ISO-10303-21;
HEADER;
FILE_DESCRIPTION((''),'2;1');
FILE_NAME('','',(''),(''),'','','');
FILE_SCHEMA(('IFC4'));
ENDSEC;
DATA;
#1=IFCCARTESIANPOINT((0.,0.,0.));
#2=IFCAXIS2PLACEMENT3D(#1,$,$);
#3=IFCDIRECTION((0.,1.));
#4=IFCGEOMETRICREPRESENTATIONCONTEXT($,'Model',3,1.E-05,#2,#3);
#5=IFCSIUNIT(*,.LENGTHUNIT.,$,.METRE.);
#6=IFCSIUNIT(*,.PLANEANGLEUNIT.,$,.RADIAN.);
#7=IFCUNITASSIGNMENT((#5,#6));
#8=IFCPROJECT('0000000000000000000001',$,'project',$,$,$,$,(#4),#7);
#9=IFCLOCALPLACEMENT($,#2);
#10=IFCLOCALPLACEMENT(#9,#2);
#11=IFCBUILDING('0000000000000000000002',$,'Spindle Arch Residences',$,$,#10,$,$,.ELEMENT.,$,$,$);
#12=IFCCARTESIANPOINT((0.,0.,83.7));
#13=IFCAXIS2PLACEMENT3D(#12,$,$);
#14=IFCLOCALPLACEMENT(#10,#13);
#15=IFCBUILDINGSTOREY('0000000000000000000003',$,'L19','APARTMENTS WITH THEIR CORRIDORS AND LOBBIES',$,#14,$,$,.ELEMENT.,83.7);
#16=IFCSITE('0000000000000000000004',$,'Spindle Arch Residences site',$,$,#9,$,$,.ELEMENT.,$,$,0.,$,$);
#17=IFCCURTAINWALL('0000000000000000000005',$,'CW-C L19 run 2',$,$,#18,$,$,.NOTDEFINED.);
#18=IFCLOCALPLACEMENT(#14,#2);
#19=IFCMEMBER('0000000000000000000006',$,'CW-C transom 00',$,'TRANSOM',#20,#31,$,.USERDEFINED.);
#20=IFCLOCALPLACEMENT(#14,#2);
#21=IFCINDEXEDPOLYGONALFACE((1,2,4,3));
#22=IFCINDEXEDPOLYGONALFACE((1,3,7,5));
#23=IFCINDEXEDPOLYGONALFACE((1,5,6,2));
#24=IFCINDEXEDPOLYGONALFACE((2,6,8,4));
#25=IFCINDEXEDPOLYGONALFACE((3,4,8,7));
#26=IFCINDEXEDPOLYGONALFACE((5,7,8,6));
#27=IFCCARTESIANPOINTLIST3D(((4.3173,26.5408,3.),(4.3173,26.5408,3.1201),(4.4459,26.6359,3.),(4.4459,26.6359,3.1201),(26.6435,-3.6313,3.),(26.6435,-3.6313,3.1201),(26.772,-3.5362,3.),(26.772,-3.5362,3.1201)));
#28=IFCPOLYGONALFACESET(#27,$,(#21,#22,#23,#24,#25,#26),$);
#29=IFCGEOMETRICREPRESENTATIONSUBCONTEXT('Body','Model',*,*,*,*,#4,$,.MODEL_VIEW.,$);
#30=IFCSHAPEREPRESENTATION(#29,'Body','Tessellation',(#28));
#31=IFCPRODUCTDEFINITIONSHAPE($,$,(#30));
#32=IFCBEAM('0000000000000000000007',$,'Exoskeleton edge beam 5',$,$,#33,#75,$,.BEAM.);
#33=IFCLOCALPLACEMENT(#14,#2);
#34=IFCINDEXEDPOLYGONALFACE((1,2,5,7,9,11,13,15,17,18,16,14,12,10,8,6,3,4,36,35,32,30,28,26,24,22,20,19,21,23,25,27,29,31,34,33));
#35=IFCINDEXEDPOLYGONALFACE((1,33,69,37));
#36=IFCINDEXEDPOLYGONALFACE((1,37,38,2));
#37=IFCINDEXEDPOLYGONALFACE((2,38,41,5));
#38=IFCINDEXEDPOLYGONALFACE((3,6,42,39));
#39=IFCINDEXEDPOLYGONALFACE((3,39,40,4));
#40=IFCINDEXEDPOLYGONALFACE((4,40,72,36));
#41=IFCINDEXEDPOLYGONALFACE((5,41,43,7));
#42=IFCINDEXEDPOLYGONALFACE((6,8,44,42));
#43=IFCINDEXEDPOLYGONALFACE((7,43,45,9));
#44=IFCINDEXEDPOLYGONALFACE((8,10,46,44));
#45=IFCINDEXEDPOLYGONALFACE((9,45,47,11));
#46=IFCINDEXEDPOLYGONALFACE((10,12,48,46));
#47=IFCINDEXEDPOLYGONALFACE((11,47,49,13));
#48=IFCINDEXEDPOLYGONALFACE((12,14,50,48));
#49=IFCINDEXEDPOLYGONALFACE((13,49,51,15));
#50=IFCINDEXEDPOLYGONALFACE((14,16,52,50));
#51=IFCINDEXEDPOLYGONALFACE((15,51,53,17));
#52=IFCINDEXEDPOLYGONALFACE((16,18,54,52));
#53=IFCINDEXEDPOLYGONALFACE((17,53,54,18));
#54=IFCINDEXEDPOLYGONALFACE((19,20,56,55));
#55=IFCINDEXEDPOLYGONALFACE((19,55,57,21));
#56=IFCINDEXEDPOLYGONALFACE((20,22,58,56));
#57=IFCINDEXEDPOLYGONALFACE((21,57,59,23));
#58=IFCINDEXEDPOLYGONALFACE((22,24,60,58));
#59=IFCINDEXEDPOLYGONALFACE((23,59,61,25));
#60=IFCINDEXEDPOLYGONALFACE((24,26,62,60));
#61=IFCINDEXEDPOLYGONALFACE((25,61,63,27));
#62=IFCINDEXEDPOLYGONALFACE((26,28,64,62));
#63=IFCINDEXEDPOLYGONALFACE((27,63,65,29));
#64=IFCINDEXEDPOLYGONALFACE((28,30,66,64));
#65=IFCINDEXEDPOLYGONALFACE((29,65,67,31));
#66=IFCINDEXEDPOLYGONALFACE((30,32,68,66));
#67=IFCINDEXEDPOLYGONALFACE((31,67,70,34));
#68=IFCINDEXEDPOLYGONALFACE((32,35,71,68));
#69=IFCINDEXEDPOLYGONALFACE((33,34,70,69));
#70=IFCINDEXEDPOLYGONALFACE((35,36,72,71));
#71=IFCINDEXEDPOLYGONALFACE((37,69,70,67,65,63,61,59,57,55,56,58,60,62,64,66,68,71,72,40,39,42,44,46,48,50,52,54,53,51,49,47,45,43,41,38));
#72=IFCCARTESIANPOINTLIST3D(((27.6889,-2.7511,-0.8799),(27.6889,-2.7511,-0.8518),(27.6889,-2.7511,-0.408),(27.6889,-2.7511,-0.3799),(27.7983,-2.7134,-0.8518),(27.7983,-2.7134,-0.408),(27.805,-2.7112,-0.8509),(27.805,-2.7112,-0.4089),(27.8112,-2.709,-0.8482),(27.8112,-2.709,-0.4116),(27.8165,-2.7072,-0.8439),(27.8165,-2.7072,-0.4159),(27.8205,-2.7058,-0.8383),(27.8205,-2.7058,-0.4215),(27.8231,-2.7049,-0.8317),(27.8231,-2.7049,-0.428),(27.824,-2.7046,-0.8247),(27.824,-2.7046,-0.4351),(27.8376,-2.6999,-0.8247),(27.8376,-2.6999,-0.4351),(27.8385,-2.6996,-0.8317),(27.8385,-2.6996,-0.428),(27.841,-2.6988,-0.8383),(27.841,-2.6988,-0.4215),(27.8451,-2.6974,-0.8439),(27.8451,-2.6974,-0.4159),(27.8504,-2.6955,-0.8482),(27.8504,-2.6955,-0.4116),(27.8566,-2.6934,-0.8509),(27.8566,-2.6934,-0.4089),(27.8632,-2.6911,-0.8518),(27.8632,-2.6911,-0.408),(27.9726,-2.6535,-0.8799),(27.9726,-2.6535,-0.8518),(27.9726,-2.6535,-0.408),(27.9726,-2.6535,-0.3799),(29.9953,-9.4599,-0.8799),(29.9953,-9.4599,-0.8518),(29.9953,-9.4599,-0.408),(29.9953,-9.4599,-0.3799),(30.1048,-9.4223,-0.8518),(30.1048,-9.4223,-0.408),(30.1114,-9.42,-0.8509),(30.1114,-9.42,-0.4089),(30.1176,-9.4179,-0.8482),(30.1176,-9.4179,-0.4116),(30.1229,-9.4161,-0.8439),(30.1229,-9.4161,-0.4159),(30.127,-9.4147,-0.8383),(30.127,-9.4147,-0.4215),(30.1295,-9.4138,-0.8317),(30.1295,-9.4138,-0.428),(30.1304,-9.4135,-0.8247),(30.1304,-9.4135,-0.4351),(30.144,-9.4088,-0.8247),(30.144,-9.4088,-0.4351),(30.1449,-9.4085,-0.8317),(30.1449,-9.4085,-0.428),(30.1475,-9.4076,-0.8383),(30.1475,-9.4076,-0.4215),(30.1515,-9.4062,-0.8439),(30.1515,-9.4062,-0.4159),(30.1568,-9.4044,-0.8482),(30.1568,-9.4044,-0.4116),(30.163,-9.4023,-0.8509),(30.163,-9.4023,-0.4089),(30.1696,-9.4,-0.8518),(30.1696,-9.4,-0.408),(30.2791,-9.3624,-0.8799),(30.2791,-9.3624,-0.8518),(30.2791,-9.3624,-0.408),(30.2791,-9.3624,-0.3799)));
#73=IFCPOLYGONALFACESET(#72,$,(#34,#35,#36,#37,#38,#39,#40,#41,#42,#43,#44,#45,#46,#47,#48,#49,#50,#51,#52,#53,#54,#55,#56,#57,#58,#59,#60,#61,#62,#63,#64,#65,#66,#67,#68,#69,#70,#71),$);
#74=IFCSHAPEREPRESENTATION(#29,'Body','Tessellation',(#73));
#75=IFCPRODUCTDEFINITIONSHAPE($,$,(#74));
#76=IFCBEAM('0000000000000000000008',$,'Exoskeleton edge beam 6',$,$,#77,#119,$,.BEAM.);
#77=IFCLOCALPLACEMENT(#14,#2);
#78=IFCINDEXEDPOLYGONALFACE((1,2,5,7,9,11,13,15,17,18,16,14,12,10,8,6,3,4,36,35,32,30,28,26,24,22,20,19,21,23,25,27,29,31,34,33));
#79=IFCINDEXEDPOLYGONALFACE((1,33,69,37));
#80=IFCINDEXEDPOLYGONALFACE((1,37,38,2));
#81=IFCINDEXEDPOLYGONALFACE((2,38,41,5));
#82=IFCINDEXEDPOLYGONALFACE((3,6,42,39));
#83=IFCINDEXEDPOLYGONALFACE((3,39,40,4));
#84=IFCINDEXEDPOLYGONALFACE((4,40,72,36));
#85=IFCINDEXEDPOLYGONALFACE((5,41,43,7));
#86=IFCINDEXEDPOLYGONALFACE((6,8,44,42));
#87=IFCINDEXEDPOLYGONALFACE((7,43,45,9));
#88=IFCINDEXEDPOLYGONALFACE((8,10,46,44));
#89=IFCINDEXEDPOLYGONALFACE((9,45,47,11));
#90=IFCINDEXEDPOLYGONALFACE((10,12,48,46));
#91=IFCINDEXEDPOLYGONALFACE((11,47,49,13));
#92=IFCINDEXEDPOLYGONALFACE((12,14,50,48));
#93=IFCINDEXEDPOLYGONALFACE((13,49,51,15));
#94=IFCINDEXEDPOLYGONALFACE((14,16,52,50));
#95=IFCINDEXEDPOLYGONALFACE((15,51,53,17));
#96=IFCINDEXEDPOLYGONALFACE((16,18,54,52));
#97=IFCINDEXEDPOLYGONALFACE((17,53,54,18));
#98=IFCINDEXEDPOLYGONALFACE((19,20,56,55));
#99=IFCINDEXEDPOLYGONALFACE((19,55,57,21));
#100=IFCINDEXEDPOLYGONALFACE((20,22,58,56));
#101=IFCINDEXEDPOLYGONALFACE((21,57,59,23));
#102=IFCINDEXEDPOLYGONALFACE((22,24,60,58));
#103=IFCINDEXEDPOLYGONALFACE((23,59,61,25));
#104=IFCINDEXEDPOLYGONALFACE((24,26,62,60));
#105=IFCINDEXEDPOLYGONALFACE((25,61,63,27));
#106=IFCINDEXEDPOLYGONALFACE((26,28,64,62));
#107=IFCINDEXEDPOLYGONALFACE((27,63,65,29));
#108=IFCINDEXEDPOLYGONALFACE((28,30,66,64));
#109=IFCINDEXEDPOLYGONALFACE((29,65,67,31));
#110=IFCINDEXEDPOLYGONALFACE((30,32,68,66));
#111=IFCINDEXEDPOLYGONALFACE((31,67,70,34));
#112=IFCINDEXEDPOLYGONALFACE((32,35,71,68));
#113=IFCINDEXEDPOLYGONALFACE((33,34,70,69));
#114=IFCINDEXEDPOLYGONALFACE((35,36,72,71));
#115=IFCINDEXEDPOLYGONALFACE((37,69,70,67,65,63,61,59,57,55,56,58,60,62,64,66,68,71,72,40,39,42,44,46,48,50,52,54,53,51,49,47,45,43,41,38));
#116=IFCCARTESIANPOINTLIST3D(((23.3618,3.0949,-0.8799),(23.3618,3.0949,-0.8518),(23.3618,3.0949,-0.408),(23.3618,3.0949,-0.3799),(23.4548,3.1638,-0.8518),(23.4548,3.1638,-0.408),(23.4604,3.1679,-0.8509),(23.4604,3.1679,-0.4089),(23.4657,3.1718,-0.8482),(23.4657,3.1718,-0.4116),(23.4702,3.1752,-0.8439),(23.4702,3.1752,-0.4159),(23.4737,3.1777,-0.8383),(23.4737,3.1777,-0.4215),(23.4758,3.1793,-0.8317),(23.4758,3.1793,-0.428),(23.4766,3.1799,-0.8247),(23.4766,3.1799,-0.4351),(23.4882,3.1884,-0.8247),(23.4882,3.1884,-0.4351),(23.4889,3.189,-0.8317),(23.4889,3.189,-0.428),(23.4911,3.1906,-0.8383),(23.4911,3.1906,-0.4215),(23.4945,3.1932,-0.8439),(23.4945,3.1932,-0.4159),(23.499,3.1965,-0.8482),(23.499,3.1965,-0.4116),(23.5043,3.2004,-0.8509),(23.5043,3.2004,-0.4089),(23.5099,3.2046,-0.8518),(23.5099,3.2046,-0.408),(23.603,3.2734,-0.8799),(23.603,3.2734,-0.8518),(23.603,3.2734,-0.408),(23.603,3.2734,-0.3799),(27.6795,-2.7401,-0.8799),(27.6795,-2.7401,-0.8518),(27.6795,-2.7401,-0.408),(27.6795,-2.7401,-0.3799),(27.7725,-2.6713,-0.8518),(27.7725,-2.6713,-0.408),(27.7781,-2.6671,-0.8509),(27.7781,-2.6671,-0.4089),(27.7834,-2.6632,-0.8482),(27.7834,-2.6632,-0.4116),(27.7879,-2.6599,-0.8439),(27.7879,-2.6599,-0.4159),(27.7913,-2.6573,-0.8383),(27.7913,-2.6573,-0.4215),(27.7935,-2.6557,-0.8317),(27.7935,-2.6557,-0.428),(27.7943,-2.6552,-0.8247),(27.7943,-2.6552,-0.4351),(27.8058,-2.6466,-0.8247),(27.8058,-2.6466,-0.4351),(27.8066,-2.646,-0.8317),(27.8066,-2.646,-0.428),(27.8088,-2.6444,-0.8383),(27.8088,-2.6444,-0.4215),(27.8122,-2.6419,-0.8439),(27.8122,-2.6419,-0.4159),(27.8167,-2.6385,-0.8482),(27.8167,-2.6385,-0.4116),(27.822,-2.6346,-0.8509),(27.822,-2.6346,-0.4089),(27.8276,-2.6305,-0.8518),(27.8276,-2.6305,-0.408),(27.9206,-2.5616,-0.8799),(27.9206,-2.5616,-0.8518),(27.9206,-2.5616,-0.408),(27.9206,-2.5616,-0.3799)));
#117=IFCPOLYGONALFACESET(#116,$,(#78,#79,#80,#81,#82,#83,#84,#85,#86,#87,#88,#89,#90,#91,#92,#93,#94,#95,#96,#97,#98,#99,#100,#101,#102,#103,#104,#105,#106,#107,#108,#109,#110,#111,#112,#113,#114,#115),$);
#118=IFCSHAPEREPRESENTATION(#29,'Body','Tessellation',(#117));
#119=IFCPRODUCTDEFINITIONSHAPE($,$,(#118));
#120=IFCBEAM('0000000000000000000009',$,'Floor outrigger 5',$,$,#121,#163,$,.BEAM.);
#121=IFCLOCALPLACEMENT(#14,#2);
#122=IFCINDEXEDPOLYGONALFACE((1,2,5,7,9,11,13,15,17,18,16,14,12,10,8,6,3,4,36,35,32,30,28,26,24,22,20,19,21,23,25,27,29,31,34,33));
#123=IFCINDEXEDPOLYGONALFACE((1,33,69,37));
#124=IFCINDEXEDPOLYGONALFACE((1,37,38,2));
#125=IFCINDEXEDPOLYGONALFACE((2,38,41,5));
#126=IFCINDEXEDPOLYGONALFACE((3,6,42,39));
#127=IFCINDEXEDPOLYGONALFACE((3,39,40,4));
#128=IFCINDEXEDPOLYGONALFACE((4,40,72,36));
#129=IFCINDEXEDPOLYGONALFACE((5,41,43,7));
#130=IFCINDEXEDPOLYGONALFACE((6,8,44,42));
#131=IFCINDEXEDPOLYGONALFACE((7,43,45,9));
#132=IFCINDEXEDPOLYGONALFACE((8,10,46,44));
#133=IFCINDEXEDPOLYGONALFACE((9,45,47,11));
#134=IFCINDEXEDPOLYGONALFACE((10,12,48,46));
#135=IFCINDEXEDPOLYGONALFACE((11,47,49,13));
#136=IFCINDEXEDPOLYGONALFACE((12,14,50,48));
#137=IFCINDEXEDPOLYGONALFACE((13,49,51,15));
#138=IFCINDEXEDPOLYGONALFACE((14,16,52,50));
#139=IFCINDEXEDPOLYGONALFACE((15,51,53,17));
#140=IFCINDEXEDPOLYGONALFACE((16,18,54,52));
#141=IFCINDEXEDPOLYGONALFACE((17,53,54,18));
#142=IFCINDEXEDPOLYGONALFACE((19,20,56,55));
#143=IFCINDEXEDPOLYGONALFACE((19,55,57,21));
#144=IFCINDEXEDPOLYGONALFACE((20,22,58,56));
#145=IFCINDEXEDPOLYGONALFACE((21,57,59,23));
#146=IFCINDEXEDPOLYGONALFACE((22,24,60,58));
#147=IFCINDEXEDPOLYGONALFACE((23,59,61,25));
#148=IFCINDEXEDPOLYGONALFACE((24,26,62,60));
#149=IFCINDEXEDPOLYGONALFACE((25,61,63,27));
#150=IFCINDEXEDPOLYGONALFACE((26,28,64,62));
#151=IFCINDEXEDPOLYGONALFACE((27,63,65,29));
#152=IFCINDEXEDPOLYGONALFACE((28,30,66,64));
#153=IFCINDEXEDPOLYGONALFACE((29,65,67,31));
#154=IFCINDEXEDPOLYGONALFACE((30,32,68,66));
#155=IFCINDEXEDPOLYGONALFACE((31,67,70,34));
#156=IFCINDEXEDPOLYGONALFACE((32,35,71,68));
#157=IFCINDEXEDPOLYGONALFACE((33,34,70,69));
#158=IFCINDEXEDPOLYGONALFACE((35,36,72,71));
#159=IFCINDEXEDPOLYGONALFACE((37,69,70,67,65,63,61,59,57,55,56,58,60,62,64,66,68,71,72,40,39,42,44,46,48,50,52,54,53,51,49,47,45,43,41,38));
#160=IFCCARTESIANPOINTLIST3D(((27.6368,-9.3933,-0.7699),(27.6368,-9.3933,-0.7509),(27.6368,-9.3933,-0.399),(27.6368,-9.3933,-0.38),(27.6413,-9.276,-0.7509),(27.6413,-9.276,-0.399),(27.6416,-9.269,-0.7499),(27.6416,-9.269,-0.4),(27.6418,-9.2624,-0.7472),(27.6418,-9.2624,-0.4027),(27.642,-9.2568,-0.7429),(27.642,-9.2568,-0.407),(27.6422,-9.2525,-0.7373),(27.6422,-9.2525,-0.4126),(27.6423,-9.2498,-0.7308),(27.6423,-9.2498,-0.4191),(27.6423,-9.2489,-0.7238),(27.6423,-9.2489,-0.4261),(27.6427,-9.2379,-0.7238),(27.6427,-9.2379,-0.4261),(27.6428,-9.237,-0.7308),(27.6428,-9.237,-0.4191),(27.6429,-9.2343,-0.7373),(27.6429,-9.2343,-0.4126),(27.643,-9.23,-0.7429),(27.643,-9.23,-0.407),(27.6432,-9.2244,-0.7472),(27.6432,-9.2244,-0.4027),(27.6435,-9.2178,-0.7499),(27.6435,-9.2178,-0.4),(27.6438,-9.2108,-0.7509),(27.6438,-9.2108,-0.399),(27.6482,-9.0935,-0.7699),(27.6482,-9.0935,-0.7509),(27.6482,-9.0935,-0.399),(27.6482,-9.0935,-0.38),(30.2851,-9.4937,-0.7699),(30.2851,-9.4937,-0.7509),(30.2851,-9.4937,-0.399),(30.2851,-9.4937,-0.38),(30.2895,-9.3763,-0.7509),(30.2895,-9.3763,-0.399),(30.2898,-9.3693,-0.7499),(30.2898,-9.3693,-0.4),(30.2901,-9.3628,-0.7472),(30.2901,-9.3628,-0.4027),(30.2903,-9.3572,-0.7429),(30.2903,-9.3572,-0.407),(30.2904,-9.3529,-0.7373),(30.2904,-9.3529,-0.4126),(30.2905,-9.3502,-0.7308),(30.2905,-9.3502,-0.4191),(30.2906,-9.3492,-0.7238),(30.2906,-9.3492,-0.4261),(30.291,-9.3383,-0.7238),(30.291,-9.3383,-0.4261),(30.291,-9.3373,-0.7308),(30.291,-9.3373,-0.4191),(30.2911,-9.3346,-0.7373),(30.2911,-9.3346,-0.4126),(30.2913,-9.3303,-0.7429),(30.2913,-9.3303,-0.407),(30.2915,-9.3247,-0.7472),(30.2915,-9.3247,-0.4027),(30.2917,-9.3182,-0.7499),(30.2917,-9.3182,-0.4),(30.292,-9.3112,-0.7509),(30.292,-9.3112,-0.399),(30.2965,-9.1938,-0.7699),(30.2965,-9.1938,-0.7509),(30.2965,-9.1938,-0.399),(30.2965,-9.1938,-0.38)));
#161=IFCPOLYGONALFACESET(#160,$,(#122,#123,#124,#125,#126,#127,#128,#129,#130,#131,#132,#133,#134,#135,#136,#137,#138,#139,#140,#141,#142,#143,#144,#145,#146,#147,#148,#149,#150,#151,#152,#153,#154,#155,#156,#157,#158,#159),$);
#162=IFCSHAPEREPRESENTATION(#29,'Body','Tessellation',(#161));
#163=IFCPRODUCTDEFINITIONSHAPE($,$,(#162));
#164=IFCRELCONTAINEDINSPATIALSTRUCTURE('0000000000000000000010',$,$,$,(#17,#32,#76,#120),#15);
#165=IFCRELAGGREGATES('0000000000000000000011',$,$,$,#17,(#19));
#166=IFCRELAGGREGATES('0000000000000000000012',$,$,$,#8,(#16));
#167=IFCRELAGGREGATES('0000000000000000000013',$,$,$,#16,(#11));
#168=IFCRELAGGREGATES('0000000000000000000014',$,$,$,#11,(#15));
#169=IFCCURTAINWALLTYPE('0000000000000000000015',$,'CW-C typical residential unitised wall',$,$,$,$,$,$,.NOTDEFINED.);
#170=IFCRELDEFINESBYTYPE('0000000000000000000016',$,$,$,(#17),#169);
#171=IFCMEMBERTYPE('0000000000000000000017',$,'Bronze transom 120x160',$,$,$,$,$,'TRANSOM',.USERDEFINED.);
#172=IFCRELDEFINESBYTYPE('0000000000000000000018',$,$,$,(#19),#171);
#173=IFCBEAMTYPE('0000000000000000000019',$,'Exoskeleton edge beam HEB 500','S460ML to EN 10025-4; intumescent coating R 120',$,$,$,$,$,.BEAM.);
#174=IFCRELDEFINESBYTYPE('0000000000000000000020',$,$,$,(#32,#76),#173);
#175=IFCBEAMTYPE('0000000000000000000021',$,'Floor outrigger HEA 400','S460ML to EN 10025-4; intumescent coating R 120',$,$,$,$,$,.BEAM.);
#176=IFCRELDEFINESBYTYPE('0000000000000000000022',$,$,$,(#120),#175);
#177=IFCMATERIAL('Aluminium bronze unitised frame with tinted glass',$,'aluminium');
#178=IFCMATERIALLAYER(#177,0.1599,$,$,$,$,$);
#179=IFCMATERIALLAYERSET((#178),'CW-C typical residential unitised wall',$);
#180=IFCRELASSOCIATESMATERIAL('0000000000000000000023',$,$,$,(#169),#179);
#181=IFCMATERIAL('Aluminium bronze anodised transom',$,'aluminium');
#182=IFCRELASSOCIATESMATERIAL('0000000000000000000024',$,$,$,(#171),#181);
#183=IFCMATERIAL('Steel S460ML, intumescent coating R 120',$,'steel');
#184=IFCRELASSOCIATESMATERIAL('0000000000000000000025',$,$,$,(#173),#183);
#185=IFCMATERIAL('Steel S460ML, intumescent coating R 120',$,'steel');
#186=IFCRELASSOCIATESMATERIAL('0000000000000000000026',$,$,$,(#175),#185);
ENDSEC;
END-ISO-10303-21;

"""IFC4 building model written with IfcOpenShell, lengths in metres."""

from ifc_helpers import new_model, si_unit, direction, frame, origin, origin_2d, place, context, subcontext, project, spatial, rectangle, i_section, extrude, material, layer, layer_set, material_profile, profile_set, type_object, element, aggregate, save


model = new_model("IFC4")

# Units and contexts
model_context = context("Model", 3, precision=1e-05, world=origin(), true_north=direction((0.0, 1.0)))
body_context = subcontext(model_context, "Body", "Model", "MODEL_VIEW")
ifc_project = project(units=[si_unit("LENGTHUNIT", "METRE"), si_unit("PLANEANGLEUNIT", "RADIAN")], contexts=[model_context])

# Site, building, storey
site_placement = place(None, origin())
site = spatial("IfcSite", under=ifc_project, at=site_placement, Name="Spindle Arch Residences site", CompositionType="ELEMENT", RefElevation=0.0)
building_placement = place(site_placement, origin())
building = spatial("IfcBuilding", under=site, at=building_placement, Name="Spindle Arch Residences", CompositionType="ELEMENT")
storey_placement = place(building_placement, frame((0.0, 0.0, 83.7)))
storey = spatial("IfcBuildingStorey", under=building, at=storey_placement, Name="L19", Description="APARTMENTS WITH THEIR CORRIDORS AND LOBBIES", CompositionType="ELEMENT", Elevation=83.7)

# Curtain wall
ifc_material_1 = material(Name="Aluminium bronze unitised frame with tinted glass", Category="aluminium")
ifc_layer_1 = layer(ifc_material_1, 0.1599)
ifc_layer_set_1 = layer_set([ifc_layer_1], Name="CW-C typical residential unitised wall")
curtain_wall_type_1 = type_object("IfcCurtainWallType", Name="CW-C typical residential unitised wall", PredefinedType="NOTDEFINED", material=ifc_layer_set_1)
curtain_wall_1_placement = place(storey_placement, origin())
curtain_wall_1 = element("IfcCurtainWall", 1, at=curtain_wall_1_placement, inside=storey, type_object=curtain_wall_type_1, Name="CW-C L19 run 2", PredefinedType="NOTDEFINED")

# Member
ifc_material_2 = material(Name="Aluminium bronze anodised transom", Category="aluminium")
ifc_material_profile_1 = material_profile(ifc_material_2, rectangle(XDim=0.1599, YDim=0.1201, at=origin_2d()), Name="TR 120x160")
ifc_profile_set_1 = profile_set([ifc_material_profile_1], Name="Aluminium bronze anodised transom")
member_type_1 = type_object("IfcMemberType", Name="Bronze transom 120x160", ElementType="TRANSOM", PredefinedType="USERDEFINED", material=ifc_profile_set_1)
member_1_placement = place(storey_placement, frame((26.7078, -3.5837, 3.0601), z_axis=(-0.594822, 0.803857, 0.0), x_axis=(-0.803857, -0.594822, 0.0)))
member_1 = element("IfcMember", 2, at=member_1_placement, type_object=member_type_1, Name="CW-C transom 00", ObjectType="TRANSOM", PredefinedType="USERDEFINED", context=body_context, shape_type="SweptSolid", body=[
    extrude(rectangle(XDim=0.1599, YDim=0.1201, at=origin_2d()), origin(), (0.0, 0.0, 1.0), 37.5342),
])

# Beams
ifc_material_3 = material(Name="Steel S460ML, intumescent coating R 120", Category="steel")
ifc_material_profile_2 = material_profile(ifc_material_3, i_section(OverallWidth=0.3, OverallDepth=0.5, WebThickness=0.0144, FlangeThickness=0.0281, FilletRadius=0.0271, at=origin_2d()), Name="HEB 500")
ifc_profile_set_2 = profile_set([ifc_material_profile_2], Name="Steel S460ML, intumescent coating R 120")
beam_type_1 = type_object("IfcBeamType", Name="Exoskeleton edge beam HEB 500", Description="S460ML to EN 10025-4; intumescent coating R 120", PredefinedType="BEAM", material=ifc_profile_set_2)
beam_1_placement = place(storey_placement, frame((30.1372, -9.4111, -0.6299), z_axis=(-0.325113, 0.945675, 0.0), x_axis=(-0.945675, -0.325113, 0.0)))
element("IfcBeam", 3, at=beam_1_placement, inside=storey, type_object=beam_type_1, Name="Exoskeleton edge beam 5", PredefinedType="BEAM", context=body_context, shape_type="SweptSolid", body=[
    extrude(i_section(OverallWidth=0.3, OverallDepth=0.5, WebThickness=0.0144, FlangeThickness=0.0281, FilletRadius=0.0271, at=origin_2d()), origin(), (0.0, 0.0, 1.0), 7.0942),
])
beam_2_placement = place(storey_placement, frame((27.8, -2.6509, -0.6299), z_axis=(-0.594821, 0.803858, 0.0), x_axis=(-0.803858, -0.594821, 0.0)))
element("IfcBeam", 4, at=beam_2_placement, inside=storey, type_object=beam_type_1, Name="Exoskeleton edge beam 6", PredefinedType="BEAM", context=body_context, shape_type="SweptSolid", body=[
    extrude(i_section(OverallWidth=0.3, OverallDepth=0.5, WebThickness=0.0144, FlangeThickness=0.0281, FilletRadius=0.0271, at=origin_2d()), origin(), (0.0, 0.0, 1.0), 7.2588),
])
ifc_material_4 = material(Name="Steel S460ML, intumescent coating R 120", Category="steel")
ifc_material_profile_3 = material_profile(ifc_material_4, i_section(OverallWidth=0.3, OverallDepth=0.3899, WebThickness=0.011, FlangeThickness=0.019, FilletRadius=0.0271, at=origin_2d()), Name="HEA 400")
ifc_profile_set_3 = profile_set([ifc_material_profile_3], Name="Steel S460ML, intumescent coating R 120")
beam_type_2 = type_object("IfcBeamType", Name="Floor outrigger HEA 400", Description="S460ML to EN 10025-4; intumescent coating R 120", PredefinedType="BEAM", material=ifc_profile_set_3)
beam_3_placement = place(storey_placement, frame((30.2908, -9.3438, -0.575), z_axis=(-0.999283, 0.037863, 0.0), x_axis=(-0.037863, -0.999283, 0.0)))
element("IfcBeam", 5, at=beam_3_placement, inside=storey, type_object=beam_type_2, Name="Floor outrigger 5", PredefinedType="BEAM", context=body_context, shape_type="SweptSolid", body=[
    extrude(i_section(OverallWidth=0.3, OverallDepth=0.3899, WebThickness=0.011, FlangeThickness=0.019, FilletRadius=0.0271, at=origin_2d()), origin(), (0.0, 0.0, 1.0), 2.6501),
])

aggregate(curtain_wall_1, [member_1])

save(model, "model.ifc")
